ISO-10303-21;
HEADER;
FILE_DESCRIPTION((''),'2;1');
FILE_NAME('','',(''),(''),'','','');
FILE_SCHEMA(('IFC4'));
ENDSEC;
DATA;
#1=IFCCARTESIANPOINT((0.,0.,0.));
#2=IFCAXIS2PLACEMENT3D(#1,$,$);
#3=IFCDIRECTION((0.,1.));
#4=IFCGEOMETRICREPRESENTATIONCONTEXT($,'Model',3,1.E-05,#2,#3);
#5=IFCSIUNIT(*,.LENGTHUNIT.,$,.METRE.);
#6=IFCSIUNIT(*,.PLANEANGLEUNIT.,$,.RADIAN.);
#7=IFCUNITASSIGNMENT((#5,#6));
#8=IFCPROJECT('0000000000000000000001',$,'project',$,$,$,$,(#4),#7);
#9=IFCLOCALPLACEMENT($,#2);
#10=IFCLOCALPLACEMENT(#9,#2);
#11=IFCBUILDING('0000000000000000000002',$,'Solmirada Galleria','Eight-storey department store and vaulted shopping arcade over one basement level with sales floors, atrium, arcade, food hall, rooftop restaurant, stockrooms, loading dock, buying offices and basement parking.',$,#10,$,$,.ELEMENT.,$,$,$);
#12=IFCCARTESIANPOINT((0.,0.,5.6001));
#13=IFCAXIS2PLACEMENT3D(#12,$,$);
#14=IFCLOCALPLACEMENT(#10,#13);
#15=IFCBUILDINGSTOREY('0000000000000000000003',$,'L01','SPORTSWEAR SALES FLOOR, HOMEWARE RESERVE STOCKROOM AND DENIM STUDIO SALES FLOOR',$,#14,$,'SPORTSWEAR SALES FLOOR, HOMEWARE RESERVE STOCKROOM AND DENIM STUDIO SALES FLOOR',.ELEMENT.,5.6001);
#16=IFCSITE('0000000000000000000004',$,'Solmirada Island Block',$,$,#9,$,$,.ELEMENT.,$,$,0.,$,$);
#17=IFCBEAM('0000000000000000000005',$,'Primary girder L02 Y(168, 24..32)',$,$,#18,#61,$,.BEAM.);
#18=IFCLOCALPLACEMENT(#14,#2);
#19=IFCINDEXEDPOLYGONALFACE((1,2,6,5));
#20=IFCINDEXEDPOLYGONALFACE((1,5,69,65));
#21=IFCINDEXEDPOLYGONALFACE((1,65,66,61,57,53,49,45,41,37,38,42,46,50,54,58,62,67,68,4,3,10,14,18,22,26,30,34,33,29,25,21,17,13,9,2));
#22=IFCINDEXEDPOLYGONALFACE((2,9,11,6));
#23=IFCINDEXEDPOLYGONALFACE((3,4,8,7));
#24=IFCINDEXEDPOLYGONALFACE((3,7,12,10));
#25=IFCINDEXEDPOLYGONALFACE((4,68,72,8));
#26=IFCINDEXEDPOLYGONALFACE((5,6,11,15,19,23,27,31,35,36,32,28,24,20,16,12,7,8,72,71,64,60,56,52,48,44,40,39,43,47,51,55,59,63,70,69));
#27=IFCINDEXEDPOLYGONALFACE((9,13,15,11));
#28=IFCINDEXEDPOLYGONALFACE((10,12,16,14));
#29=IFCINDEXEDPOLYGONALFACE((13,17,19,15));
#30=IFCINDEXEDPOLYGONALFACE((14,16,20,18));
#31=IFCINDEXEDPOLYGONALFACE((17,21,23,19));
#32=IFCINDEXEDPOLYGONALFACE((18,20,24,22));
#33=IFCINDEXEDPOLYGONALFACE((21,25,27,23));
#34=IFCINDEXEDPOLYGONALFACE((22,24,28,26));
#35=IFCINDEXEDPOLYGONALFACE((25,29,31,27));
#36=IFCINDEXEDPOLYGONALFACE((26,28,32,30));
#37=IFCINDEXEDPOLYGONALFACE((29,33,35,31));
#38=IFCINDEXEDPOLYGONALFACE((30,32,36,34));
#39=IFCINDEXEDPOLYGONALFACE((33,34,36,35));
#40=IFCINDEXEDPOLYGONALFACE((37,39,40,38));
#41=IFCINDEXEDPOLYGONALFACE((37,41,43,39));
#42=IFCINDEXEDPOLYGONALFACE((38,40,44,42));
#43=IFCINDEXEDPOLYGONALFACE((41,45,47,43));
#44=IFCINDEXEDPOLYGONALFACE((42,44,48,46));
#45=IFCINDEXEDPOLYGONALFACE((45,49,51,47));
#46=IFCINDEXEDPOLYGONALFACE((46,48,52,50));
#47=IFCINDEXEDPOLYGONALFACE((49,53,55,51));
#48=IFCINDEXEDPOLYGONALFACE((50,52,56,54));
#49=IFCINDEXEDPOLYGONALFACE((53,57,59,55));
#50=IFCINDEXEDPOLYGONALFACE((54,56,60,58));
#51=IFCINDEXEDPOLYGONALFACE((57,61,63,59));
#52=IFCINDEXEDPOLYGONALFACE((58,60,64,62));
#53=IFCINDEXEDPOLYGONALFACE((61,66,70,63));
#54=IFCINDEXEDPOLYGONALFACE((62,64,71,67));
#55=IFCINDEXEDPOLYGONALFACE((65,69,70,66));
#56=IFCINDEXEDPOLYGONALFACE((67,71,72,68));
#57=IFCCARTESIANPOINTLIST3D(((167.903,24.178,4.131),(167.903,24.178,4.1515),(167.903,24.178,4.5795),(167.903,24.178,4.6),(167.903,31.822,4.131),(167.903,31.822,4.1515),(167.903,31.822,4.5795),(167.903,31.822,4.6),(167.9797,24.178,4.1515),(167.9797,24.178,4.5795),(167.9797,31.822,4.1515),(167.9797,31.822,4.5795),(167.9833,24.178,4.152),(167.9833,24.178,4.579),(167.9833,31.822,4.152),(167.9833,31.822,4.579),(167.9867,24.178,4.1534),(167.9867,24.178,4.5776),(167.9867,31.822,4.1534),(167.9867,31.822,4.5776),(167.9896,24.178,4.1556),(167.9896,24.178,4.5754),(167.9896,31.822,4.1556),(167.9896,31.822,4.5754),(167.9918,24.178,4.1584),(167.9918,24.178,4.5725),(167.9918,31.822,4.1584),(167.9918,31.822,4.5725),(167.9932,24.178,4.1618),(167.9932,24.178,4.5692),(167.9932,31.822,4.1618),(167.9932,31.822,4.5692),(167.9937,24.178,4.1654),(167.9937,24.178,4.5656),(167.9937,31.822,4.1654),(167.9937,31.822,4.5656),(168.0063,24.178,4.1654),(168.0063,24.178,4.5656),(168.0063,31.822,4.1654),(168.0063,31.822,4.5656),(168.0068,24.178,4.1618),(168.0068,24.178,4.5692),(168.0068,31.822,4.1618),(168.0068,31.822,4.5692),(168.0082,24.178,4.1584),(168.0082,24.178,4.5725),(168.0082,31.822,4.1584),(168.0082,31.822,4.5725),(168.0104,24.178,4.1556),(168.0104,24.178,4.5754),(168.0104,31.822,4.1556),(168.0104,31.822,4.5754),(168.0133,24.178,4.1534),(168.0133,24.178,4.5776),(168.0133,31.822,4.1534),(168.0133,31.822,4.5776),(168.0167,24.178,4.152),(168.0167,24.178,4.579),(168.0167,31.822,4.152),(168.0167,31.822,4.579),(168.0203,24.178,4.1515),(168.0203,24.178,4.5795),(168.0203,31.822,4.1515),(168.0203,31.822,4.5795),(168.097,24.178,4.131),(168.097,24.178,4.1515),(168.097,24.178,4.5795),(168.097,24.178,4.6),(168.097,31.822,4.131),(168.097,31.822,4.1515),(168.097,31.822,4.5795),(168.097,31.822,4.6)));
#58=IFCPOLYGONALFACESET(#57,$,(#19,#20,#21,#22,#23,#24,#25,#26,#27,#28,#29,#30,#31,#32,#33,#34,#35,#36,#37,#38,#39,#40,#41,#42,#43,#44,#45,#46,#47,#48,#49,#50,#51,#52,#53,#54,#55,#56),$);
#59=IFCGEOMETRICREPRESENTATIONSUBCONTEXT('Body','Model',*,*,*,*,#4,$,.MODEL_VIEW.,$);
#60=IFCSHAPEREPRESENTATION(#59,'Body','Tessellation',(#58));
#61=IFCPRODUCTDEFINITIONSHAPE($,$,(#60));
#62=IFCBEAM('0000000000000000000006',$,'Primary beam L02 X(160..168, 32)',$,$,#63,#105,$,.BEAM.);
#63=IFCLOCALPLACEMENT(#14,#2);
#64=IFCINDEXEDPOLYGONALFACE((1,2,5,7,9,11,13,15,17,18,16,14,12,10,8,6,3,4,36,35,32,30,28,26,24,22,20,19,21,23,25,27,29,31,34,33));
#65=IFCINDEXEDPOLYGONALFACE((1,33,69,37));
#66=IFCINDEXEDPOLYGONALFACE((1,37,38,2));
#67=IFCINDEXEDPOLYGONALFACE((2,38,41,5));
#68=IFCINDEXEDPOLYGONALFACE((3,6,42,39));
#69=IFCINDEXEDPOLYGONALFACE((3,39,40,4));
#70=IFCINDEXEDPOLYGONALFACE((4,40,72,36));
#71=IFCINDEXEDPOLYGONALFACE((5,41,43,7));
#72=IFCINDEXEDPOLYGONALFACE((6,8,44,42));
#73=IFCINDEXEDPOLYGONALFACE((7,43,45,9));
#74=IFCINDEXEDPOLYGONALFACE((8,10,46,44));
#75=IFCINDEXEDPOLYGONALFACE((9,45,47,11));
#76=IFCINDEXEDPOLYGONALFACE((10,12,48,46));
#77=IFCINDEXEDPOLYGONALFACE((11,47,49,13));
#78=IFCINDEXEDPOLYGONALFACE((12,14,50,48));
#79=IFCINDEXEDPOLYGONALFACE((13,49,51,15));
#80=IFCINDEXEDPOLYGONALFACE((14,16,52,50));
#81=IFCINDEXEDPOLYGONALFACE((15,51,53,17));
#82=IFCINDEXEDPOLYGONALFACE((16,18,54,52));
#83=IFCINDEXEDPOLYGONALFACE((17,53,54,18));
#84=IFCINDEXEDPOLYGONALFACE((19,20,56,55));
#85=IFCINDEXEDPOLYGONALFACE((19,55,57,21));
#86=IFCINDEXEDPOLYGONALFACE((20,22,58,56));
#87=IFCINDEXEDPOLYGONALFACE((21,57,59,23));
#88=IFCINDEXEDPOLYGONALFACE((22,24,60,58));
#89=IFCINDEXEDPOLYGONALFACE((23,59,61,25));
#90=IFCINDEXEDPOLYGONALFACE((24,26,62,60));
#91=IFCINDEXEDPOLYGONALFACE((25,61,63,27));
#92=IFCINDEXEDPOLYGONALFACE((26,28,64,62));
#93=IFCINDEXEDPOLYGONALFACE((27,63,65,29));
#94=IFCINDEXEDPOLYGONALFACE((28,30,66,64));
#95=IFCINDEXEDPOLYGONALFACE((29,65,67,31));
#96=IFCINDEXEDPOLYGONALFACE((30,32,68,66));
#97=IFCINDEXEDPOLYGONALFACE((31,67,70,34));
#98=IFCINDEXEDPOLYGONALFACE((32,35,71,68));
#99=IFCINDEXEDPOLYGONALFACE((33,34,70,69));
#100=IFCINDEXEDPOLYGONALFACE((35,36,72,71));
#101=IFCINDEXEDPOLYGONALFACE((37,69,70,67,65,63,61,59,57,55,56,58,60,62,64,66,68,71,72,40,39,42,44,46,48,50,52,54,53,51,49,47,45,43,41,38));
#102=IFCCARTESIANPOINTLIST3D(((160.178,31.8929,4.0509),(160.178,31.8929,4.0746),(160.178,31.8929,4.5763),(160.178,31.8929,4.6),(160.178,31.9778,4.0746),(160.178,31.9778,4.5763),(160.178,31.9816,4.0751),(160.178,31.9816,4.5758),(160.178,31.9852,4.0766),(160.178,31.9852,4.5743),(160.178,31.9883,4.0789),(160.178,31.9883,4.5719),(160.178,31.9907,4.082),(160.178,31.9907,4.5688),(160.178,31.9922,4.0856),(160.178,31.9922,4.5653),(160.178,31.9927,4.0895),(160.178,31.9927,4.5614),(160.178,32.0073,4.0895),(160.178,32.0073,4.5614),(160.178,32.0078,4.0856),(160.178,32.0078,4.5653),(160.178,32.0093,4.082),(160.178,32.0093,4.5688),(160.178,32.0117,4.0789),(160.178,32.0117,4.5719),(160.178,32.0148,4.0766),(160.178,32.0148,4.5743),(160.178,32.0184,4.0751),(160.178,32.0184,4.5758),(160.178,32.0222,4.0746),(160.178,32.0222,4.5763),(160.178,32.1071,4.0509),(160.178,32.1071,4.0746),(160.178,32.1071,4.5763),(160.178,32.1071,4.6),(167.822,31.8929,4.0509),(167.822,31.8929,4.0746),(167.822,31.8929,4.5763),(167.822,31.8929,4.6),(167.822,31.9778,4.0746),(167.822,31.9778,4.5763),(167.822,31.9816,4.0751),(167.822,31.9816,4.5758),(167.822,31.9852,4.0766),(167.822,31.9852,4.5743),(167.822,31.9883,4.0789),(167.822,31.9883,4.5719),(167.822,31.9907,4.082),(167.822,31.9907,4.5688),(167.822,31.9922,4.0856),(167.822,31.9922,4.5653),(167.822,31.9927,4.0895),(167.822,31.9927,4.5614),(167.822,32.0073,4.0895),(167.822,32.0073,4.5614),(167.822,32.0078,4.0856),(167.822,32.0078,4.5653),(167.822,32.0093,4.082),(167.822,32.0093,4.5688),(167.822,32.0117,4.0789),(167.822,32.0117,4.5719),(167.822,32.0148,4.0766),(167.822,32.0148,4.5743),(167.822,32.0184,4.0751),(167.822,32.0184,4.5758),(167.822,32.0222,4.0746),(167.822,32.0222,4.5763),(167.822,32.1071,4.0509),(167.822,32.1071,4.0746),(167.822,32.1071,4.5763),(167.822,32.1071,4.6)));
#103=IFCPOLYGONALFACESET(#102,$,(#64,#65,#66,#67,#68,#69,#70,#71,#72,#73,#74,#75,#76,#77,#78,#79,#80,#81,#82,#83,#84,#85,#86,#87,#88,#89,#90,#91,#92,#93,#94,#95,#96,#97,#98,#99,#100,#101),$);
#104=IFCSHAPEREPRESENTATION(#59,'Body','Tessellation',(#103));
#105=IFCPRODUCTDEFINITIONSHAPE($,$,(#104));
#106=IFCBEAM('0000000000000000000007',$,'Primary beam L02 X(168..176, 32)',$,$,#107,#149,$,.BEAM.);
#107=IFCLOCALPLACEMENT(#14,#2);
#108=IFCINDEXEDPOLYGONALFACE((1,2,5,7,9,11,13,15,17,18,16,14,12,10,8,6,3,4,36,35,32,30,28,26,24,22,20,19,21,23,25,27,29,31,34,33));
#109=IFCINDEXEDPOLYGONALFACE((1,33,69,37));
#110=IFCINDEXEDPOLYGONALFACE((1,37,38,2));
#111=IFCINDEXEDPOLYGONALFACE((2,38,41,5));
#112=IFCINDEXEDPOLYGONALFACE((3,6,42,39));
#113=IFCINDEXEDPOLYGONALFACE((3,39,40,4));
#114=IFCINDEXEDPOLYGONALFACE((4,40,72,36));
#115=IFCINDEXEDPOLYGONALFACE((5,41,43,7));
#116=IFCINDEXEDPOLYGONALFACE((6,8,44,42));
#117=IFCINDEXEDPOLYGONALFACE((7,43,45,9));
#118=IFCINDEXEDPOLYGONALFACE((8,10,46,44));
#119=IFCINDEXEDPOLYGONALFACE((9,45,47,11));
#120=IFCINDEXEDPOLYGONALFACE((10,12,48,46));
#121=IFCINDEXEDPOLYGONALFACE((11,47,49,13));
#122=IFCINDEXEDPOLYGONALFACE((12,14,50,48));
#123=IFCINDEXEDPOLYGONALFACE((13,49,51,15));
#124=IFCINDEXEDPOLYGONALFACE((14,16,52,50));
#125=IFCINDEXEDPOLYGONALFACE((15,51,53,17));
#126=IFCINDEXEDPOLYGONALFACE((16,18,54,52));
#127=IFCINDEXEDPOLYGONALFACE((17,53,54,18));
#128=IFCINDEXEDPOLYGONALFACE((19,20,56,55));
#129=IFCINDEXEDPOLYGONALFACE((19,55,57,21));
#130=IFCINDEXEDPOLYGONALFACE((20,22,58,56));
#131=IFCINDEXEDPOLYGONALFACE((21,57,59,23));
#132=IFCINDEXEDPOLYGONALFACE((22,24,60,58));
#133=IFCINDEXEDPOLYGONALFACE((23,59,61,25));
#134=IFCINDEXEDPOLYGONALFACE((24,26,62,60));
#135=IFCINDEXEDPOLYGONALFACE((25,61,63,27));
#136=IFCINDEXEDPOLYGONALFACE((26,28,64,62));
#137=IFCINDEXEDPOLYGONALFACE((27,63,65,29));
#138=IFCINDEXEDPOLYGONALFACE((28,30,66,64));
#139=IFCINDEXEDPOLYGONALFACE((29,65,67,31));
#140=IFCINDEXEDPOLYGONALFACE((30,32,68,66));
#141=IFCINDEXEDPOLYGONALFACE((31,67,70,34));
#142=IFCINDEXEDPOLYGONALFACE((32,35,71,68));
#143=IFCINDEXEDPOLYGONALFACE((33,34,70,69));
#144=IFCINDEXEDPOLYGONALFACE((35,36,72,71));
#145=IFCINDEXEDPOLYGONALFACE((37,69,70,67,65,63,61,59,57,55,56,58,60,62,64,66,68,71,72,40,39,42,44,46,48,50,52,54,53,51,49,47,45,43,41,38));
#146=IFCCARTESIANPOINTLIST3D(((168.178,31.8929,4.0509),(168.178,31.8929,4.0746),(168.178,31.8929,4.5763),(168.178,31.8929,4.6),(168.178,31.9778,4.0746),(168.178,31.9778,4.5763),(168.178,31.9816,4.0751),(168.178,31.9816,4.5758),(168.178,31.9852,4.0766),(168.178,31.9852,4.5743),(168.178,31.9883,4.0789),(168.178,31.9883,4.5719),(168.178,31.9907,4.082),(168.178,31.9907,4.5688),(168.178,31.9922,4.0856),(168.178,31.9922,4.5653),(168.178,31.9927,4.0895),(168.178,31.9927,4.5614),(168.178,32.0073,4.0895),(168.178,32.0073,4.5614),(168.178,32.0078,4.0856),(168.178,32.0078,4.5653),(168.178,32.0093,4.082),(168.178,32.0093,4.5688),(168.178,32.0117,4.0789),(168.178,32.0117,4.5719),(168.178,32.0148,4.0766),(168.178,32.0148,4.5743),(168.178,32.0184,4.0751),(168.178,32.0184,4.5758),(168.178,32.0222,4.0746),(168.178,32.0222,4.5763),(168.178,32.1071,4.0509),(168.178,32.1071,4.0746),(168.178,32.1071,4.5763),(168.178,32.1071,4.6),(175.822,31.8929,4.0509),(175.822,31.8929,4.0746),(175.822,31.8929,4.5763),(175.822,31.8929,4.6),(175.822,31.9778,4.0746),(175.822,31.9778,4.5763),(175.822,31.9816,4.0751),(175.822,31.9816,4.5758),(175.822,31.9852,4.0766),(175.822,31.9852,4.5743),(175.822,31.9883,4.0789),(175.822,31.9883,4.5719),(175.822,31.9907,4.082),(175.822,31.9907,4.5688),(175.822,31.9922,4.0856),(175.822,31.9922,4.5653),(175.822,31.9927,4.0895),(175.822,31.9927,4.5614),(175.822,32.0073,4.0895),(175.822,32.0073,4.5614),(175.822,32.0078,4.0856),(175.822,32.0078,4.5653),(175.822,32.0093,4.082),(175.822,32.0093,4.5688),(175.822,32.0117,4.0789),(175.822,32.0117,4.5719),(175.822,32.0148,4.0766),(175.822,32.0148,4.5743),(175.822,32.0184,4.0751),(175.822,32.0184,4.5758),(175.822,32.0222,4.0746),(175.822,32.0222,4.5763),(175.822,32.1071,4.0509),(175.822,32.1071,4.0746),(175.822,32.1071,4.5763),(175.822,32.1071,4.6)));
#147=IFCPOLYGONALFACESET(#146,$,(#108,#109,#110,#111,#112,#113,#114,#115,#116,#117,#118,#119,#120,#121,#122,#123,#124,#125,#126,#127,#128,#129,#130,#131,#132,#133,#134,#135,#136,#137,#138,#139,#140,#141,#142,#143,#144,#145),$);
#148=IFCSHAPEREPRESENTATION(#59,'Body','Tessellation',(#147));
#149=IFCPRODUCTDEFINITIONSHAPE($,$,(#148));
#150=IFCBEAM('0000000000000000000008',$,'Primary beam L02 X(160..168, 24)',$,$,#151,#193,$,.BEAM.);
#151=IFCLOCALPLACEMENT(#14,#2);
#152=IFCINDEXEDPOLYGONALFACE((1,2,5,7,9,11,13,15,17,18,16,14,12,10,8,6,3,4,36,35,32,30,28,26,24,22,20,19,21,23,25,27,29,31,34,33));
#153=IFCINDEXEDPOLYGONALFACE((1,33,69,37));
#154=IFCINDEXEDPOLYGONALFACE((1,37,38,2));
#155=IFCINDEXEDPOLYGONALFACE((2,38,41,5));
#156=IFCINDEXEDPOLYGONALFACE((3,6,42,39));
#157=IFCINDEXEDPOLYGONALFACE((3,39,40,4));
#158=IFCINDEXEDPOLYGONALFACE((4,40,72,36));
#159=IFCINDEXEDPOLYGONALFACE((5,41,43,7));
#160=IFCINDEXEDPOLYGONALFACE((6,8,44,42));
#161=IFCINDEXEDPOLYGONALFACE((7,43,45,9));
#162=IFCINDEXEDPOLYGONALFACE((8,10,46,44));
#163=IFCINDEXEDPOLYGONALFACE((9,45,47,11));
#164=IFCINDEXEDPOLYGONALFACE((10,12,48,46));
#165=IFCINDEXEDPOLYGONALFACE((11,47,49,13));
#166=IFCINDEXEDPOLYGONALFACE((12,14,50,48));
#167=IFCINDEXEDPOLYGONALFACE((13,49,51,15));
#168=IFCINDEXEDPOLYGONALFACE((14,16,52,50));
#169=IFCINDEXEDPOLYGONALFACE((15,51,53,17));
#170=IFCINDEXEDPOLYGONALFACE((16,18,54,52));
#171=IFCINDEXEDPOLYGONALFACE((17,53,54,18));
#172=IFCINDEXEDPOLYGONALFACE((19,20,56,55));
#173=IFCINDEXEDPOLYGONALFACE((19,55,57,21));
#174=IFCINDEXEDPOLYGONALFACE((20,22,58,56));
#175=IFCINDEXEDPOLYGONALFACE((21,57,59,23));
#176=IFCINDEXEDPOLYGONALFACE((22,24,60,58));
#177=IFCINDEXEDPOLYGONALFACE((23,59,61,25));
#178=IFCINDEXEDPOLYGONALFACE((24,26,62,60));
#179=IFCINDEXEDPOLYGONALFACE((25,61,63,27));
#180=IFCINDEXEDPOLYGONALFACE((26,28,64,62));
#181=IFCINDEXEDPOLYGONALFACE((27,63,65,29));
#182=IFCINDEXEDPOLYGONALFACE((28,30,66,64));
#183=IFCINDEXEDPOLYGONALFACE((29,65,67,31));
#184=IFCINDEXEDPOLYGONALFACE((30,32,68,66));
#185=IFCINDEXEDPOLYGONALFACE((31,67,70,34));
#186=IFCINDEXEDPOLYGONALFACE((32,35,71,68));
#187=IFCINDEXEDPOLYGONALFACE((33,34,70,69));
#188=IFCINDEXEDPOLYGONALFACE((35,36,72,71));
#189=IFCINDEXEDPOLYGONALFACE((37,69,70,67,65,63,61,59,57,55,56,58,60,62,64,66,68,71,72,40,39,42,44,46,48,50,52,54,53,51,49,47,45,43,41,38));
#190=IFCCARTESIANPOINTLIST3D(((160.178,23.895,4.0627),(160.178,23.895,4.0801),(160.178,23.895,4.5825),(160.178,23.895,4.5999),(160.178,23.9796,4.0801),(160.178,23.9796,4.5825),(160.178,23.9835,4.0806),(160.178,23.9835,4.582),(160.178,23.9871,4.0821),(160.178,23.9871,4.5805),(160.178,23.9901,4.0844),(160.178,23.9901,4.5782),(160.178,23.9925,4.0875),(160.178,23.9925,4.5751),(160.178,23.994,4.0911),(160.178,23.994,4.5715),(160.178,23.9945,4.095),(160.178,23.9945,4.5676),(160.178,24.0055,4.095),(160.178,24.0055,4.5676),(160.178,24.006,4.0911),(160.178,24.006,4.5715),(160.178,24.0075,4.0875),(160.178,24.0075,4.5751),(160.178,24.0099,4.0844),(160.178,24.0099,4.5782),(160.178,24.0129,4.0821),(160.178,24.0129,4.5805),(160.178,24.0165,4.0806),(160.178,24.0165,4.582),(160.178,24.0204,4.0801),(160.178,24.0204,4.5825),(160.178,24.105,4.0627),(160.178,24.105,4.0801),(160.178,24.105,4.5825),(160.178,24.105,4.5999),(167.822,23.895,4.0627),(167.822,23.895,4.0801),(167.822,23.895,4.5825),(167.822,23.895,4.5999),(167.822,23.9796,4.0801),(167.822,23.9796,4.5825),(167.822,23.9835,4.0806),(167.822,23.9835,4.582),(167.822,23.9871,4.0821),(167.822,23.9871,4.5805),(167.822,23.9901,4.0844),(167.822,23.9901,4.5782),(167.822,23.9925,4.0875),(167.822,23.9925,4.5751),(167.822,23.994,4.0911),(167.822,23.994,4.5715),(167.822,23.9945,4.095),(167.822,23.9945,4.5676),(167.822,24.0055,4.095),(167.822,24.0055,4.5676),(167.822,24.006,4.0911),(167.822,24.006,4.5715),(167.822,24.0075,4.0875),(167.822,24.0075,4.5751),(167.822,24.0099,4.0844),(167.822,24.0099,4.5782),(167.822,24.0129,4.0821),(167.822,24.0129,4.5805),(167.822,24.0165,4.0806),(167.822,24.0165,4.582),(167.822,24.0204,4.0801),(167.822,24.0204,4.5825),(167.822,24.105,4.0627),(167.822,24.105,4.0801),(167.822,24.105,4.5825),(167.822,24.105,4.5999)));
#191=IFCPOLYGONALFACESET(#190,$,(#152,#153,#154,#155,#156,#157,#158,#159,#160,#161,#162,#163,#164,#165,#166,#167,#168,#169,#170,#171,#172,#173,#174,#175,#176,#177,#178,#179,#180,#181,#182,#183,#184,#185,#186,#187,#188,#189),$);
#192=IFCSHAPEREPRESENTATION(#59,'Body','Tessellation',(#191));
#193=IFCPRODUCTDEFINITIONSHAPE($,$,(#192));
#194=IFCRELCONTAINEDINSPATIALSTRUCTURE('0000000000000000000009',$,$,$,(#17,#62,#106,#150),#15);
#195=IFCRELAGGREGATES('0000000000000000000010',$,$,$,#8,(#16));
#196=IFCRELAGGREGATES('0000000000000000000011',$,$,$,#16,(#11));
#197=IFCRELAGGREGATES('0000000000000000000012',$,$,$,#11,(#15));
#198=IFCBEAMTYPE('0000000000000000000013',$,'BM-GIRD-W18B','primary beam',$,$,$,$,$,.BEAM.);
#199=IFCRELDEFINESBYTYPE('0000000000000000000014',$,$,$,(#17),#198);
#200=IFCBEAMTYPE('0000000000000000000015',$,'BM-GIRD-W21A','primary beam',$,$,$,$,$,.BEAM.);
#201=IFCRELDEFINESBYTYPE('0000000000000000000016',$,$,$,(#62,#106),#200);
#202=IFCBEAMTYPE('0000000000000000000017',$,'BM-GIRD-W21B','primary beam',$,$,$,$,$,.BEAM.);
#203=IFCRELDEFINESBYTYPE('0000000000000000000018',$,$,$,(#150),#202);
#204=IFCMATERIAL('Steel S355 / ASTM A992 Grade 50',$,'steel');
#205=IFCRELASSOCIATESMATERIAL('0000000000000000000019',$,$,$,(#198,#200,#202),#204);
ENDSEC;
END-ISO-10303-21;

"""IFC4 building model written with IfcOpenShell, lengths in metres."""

from ifc_helpers import new_model, si_unit, direction, frame, origin, origin_2d, place, context, subcontext, project, spatial, i_section, extrude, material, material_profile, profile_set, type_object, element, save


model = new_model("IFC4")

# Units and contexts
model_context = context("Model", 3, precision=1e-05, world=origin(), true_north=direction((0.0, 1.0)))
body_context = subcontext(model_context, "Body", "Model", "MODEL_VIEW")
ifc_project = project(units=[si_unit("LENGTHUNIT", "METRE"), si_unit("PLANEANGLEUNIT", "RADIAN")], contexts=[model_context])

# Site, building, storey
site_placement = place(None, origin())
site = spatial("IfcSite", under=ifc_project, at=site_placement, Name="Solmirada Island Block", CompositionType="ELEMENT", RefElevation=0.0)
building_placement = place(site_placement, origin())
building = spatial("IfcBuilding", under=site, at=building_placement, Name="Solmirada Galleria", Description="Eight-storey department store and vaulted shopping arcade over one basement level with sales floors, atrium, arcade, food hall, rooftop restaurant, stockrooms, loading dock, buying offices and basement parking.", CompositionType="ELEMENT")
storey_placement = place(building_placement, frame((0.0, 0.0, 5.6001)))
storey = spatial("IfcBuildingStorey", under=building, at=storey_placement, Name="L01", Description="SPORTSWEAR SALES FLOOR, HOMEWARE RESERVE STOCKROOM AND DENIM STUDIO SALES FLOOR", LongName="SPORTSWEAR SALES FLOOR, HOMEWARE RESERVE STOCKROOM AND DENIM STUDIO SALES FLOOR", CompositionType="ELEMENT", Elevation=5.6001)

# Beams
ifc_material_1 = material(Name="Steel S355 / ASTM A992 Grade 50", Category="steel")
ifc_material_profile_1 = material_profile(ifc_material_1, i_section(OverallWidth=0.1941, OverallDepth=0.469, WebThickness=0.0127, FlangeThickness=0.0205, FilletRadius=0.0139, at=origin_2d()), Name="W18X71")
ifc_profile_set_1 = profile_set([ifc_material_profile_1], Name="Steel S355 / ASTM A992 Grade 50")
beam_type_1 = type_object("IfcBeamType", Name="BM-GIRD-W18B", Description="primary beam", PredefinedType="BEAM", material=ifc_profile_set_1)
beam_placement = place(storey_placement, frame((168.0, 24.178, 4.3655), z_axis=(0.0, 1.0, 0.0), x_axis=(-1.0, 0.0, 0.0)))
element("IfcBeam", 1, at=beam_placement, inside=storey, type_object=beam_type_1, Name="Primary girder L02 Y(168, 24..32)", PredefinedType="BEAM", context=body_context, shape_type="SweptSolid", body=[
    extrude(i_section(OverallWidth=0.1941, OverallDepth=0.469, WebThickness=0.0127, FlangeThickness=0.0205, FilletRadius=0.0139, at=origin_2d()), origin(), (0.0, 0.0, 1.0), 7.644),
])
ifc_material_profile_2 = material_profile(ifc_material_1, i_section(OverallWidth=0.2141, OverallDepth=0.5491, WebThickness=0.0146, FlangeThickness=0.0237, FilletRadius=0.0149, at=origin_2d()), Name="W21X93")
ifc_profile_set_2 = profile_set([ifc_material_profile_2], Name="Steel S355 / ASTM A992 Grade 50")
beam_type_2 = type_object("IfcBeamType", Name="BM-GIRD-W21A", Description="primary beam", PredefinedType="BEAM", material=ifc_profile_set_2)
for number, where, z_axis, x_axis, name in (
    (2, (160.178, 32.0, 4.3254), (1.0, 0.0, 0.0), (0.0, 1.0, 0.0), "Primary beam L02 X(160..168, 32)"),
    (3, (168.178, 32.0, 4.3254), (1.0, 0.0, 0.0), (0.0, 1.0, 0.0), "Primary beam L02 X(168..176, 32)"),
):
    element("IfcBeam", number, at=place(storey_placement, frame(where, z_axis=z_axis, x_axis=x_axis)), inside=storey, type_object=beam_type_2, Name=name, PredefinedType="BEAM", context=body_context, shape_type="SweptSolid", body=[
        extrude(i_section(OverallWidth=0.2141, OverallDepth=0.5491, WebThickness=0.0146, FlangeThickness=0.0237, FilletRadius=0.0149, at=origin_2d()), origin(), (0.0, 0.0, 1.0), 7.644),
    ])
ifc_material_profile_3 = material_profile(ifc_material_1, i_section(OverallWidth=0.21, OverallDepth=0.5371, WebThickness=0.011, FlangeThickness=0.0173, FilletRadius=0.0149, at=origin_2d()), Name="W21X68")
ifc_profile_set_3 = profile_set([ifc_material_profile_3], Name="Steel S355 / ASTM A992 Grade 50")
beam_type_3 = type_object("IfcBeamType", Name="BM-GIRD-W21B", Description="primary beam", PredefinedType="BEAM", material=ifc_profile_set_3)
for number, where, z_axis, x_axis, name in (
    (4, (160.178, 24.0, 4.3313), (1.0, 0.0, 0.0), (0.0, 1.0, 0.0), "Primary beam L02 X(160..168, 24)"),
):
    element("IfcBeam", number, at=place(storey_placement, frame(where, z_axis=z_axis, x_axis=x_axis)), inside=storey, type_object=beam_type_3, Name=name, PredefinedType="BEAM", context=body_context, shape_type="SweptSolid", body=[
        extrude(i_section(OverallWidth=0.21, OverallDepth=0.5371, WebThickness=0.011, FlangeThickness=0.0173, FilletRadius=0.0149, at=origin_2d()), origin(), (0.0, 0.0, 1.0), 7.644),
    ])

save(model, "model.ifc")
